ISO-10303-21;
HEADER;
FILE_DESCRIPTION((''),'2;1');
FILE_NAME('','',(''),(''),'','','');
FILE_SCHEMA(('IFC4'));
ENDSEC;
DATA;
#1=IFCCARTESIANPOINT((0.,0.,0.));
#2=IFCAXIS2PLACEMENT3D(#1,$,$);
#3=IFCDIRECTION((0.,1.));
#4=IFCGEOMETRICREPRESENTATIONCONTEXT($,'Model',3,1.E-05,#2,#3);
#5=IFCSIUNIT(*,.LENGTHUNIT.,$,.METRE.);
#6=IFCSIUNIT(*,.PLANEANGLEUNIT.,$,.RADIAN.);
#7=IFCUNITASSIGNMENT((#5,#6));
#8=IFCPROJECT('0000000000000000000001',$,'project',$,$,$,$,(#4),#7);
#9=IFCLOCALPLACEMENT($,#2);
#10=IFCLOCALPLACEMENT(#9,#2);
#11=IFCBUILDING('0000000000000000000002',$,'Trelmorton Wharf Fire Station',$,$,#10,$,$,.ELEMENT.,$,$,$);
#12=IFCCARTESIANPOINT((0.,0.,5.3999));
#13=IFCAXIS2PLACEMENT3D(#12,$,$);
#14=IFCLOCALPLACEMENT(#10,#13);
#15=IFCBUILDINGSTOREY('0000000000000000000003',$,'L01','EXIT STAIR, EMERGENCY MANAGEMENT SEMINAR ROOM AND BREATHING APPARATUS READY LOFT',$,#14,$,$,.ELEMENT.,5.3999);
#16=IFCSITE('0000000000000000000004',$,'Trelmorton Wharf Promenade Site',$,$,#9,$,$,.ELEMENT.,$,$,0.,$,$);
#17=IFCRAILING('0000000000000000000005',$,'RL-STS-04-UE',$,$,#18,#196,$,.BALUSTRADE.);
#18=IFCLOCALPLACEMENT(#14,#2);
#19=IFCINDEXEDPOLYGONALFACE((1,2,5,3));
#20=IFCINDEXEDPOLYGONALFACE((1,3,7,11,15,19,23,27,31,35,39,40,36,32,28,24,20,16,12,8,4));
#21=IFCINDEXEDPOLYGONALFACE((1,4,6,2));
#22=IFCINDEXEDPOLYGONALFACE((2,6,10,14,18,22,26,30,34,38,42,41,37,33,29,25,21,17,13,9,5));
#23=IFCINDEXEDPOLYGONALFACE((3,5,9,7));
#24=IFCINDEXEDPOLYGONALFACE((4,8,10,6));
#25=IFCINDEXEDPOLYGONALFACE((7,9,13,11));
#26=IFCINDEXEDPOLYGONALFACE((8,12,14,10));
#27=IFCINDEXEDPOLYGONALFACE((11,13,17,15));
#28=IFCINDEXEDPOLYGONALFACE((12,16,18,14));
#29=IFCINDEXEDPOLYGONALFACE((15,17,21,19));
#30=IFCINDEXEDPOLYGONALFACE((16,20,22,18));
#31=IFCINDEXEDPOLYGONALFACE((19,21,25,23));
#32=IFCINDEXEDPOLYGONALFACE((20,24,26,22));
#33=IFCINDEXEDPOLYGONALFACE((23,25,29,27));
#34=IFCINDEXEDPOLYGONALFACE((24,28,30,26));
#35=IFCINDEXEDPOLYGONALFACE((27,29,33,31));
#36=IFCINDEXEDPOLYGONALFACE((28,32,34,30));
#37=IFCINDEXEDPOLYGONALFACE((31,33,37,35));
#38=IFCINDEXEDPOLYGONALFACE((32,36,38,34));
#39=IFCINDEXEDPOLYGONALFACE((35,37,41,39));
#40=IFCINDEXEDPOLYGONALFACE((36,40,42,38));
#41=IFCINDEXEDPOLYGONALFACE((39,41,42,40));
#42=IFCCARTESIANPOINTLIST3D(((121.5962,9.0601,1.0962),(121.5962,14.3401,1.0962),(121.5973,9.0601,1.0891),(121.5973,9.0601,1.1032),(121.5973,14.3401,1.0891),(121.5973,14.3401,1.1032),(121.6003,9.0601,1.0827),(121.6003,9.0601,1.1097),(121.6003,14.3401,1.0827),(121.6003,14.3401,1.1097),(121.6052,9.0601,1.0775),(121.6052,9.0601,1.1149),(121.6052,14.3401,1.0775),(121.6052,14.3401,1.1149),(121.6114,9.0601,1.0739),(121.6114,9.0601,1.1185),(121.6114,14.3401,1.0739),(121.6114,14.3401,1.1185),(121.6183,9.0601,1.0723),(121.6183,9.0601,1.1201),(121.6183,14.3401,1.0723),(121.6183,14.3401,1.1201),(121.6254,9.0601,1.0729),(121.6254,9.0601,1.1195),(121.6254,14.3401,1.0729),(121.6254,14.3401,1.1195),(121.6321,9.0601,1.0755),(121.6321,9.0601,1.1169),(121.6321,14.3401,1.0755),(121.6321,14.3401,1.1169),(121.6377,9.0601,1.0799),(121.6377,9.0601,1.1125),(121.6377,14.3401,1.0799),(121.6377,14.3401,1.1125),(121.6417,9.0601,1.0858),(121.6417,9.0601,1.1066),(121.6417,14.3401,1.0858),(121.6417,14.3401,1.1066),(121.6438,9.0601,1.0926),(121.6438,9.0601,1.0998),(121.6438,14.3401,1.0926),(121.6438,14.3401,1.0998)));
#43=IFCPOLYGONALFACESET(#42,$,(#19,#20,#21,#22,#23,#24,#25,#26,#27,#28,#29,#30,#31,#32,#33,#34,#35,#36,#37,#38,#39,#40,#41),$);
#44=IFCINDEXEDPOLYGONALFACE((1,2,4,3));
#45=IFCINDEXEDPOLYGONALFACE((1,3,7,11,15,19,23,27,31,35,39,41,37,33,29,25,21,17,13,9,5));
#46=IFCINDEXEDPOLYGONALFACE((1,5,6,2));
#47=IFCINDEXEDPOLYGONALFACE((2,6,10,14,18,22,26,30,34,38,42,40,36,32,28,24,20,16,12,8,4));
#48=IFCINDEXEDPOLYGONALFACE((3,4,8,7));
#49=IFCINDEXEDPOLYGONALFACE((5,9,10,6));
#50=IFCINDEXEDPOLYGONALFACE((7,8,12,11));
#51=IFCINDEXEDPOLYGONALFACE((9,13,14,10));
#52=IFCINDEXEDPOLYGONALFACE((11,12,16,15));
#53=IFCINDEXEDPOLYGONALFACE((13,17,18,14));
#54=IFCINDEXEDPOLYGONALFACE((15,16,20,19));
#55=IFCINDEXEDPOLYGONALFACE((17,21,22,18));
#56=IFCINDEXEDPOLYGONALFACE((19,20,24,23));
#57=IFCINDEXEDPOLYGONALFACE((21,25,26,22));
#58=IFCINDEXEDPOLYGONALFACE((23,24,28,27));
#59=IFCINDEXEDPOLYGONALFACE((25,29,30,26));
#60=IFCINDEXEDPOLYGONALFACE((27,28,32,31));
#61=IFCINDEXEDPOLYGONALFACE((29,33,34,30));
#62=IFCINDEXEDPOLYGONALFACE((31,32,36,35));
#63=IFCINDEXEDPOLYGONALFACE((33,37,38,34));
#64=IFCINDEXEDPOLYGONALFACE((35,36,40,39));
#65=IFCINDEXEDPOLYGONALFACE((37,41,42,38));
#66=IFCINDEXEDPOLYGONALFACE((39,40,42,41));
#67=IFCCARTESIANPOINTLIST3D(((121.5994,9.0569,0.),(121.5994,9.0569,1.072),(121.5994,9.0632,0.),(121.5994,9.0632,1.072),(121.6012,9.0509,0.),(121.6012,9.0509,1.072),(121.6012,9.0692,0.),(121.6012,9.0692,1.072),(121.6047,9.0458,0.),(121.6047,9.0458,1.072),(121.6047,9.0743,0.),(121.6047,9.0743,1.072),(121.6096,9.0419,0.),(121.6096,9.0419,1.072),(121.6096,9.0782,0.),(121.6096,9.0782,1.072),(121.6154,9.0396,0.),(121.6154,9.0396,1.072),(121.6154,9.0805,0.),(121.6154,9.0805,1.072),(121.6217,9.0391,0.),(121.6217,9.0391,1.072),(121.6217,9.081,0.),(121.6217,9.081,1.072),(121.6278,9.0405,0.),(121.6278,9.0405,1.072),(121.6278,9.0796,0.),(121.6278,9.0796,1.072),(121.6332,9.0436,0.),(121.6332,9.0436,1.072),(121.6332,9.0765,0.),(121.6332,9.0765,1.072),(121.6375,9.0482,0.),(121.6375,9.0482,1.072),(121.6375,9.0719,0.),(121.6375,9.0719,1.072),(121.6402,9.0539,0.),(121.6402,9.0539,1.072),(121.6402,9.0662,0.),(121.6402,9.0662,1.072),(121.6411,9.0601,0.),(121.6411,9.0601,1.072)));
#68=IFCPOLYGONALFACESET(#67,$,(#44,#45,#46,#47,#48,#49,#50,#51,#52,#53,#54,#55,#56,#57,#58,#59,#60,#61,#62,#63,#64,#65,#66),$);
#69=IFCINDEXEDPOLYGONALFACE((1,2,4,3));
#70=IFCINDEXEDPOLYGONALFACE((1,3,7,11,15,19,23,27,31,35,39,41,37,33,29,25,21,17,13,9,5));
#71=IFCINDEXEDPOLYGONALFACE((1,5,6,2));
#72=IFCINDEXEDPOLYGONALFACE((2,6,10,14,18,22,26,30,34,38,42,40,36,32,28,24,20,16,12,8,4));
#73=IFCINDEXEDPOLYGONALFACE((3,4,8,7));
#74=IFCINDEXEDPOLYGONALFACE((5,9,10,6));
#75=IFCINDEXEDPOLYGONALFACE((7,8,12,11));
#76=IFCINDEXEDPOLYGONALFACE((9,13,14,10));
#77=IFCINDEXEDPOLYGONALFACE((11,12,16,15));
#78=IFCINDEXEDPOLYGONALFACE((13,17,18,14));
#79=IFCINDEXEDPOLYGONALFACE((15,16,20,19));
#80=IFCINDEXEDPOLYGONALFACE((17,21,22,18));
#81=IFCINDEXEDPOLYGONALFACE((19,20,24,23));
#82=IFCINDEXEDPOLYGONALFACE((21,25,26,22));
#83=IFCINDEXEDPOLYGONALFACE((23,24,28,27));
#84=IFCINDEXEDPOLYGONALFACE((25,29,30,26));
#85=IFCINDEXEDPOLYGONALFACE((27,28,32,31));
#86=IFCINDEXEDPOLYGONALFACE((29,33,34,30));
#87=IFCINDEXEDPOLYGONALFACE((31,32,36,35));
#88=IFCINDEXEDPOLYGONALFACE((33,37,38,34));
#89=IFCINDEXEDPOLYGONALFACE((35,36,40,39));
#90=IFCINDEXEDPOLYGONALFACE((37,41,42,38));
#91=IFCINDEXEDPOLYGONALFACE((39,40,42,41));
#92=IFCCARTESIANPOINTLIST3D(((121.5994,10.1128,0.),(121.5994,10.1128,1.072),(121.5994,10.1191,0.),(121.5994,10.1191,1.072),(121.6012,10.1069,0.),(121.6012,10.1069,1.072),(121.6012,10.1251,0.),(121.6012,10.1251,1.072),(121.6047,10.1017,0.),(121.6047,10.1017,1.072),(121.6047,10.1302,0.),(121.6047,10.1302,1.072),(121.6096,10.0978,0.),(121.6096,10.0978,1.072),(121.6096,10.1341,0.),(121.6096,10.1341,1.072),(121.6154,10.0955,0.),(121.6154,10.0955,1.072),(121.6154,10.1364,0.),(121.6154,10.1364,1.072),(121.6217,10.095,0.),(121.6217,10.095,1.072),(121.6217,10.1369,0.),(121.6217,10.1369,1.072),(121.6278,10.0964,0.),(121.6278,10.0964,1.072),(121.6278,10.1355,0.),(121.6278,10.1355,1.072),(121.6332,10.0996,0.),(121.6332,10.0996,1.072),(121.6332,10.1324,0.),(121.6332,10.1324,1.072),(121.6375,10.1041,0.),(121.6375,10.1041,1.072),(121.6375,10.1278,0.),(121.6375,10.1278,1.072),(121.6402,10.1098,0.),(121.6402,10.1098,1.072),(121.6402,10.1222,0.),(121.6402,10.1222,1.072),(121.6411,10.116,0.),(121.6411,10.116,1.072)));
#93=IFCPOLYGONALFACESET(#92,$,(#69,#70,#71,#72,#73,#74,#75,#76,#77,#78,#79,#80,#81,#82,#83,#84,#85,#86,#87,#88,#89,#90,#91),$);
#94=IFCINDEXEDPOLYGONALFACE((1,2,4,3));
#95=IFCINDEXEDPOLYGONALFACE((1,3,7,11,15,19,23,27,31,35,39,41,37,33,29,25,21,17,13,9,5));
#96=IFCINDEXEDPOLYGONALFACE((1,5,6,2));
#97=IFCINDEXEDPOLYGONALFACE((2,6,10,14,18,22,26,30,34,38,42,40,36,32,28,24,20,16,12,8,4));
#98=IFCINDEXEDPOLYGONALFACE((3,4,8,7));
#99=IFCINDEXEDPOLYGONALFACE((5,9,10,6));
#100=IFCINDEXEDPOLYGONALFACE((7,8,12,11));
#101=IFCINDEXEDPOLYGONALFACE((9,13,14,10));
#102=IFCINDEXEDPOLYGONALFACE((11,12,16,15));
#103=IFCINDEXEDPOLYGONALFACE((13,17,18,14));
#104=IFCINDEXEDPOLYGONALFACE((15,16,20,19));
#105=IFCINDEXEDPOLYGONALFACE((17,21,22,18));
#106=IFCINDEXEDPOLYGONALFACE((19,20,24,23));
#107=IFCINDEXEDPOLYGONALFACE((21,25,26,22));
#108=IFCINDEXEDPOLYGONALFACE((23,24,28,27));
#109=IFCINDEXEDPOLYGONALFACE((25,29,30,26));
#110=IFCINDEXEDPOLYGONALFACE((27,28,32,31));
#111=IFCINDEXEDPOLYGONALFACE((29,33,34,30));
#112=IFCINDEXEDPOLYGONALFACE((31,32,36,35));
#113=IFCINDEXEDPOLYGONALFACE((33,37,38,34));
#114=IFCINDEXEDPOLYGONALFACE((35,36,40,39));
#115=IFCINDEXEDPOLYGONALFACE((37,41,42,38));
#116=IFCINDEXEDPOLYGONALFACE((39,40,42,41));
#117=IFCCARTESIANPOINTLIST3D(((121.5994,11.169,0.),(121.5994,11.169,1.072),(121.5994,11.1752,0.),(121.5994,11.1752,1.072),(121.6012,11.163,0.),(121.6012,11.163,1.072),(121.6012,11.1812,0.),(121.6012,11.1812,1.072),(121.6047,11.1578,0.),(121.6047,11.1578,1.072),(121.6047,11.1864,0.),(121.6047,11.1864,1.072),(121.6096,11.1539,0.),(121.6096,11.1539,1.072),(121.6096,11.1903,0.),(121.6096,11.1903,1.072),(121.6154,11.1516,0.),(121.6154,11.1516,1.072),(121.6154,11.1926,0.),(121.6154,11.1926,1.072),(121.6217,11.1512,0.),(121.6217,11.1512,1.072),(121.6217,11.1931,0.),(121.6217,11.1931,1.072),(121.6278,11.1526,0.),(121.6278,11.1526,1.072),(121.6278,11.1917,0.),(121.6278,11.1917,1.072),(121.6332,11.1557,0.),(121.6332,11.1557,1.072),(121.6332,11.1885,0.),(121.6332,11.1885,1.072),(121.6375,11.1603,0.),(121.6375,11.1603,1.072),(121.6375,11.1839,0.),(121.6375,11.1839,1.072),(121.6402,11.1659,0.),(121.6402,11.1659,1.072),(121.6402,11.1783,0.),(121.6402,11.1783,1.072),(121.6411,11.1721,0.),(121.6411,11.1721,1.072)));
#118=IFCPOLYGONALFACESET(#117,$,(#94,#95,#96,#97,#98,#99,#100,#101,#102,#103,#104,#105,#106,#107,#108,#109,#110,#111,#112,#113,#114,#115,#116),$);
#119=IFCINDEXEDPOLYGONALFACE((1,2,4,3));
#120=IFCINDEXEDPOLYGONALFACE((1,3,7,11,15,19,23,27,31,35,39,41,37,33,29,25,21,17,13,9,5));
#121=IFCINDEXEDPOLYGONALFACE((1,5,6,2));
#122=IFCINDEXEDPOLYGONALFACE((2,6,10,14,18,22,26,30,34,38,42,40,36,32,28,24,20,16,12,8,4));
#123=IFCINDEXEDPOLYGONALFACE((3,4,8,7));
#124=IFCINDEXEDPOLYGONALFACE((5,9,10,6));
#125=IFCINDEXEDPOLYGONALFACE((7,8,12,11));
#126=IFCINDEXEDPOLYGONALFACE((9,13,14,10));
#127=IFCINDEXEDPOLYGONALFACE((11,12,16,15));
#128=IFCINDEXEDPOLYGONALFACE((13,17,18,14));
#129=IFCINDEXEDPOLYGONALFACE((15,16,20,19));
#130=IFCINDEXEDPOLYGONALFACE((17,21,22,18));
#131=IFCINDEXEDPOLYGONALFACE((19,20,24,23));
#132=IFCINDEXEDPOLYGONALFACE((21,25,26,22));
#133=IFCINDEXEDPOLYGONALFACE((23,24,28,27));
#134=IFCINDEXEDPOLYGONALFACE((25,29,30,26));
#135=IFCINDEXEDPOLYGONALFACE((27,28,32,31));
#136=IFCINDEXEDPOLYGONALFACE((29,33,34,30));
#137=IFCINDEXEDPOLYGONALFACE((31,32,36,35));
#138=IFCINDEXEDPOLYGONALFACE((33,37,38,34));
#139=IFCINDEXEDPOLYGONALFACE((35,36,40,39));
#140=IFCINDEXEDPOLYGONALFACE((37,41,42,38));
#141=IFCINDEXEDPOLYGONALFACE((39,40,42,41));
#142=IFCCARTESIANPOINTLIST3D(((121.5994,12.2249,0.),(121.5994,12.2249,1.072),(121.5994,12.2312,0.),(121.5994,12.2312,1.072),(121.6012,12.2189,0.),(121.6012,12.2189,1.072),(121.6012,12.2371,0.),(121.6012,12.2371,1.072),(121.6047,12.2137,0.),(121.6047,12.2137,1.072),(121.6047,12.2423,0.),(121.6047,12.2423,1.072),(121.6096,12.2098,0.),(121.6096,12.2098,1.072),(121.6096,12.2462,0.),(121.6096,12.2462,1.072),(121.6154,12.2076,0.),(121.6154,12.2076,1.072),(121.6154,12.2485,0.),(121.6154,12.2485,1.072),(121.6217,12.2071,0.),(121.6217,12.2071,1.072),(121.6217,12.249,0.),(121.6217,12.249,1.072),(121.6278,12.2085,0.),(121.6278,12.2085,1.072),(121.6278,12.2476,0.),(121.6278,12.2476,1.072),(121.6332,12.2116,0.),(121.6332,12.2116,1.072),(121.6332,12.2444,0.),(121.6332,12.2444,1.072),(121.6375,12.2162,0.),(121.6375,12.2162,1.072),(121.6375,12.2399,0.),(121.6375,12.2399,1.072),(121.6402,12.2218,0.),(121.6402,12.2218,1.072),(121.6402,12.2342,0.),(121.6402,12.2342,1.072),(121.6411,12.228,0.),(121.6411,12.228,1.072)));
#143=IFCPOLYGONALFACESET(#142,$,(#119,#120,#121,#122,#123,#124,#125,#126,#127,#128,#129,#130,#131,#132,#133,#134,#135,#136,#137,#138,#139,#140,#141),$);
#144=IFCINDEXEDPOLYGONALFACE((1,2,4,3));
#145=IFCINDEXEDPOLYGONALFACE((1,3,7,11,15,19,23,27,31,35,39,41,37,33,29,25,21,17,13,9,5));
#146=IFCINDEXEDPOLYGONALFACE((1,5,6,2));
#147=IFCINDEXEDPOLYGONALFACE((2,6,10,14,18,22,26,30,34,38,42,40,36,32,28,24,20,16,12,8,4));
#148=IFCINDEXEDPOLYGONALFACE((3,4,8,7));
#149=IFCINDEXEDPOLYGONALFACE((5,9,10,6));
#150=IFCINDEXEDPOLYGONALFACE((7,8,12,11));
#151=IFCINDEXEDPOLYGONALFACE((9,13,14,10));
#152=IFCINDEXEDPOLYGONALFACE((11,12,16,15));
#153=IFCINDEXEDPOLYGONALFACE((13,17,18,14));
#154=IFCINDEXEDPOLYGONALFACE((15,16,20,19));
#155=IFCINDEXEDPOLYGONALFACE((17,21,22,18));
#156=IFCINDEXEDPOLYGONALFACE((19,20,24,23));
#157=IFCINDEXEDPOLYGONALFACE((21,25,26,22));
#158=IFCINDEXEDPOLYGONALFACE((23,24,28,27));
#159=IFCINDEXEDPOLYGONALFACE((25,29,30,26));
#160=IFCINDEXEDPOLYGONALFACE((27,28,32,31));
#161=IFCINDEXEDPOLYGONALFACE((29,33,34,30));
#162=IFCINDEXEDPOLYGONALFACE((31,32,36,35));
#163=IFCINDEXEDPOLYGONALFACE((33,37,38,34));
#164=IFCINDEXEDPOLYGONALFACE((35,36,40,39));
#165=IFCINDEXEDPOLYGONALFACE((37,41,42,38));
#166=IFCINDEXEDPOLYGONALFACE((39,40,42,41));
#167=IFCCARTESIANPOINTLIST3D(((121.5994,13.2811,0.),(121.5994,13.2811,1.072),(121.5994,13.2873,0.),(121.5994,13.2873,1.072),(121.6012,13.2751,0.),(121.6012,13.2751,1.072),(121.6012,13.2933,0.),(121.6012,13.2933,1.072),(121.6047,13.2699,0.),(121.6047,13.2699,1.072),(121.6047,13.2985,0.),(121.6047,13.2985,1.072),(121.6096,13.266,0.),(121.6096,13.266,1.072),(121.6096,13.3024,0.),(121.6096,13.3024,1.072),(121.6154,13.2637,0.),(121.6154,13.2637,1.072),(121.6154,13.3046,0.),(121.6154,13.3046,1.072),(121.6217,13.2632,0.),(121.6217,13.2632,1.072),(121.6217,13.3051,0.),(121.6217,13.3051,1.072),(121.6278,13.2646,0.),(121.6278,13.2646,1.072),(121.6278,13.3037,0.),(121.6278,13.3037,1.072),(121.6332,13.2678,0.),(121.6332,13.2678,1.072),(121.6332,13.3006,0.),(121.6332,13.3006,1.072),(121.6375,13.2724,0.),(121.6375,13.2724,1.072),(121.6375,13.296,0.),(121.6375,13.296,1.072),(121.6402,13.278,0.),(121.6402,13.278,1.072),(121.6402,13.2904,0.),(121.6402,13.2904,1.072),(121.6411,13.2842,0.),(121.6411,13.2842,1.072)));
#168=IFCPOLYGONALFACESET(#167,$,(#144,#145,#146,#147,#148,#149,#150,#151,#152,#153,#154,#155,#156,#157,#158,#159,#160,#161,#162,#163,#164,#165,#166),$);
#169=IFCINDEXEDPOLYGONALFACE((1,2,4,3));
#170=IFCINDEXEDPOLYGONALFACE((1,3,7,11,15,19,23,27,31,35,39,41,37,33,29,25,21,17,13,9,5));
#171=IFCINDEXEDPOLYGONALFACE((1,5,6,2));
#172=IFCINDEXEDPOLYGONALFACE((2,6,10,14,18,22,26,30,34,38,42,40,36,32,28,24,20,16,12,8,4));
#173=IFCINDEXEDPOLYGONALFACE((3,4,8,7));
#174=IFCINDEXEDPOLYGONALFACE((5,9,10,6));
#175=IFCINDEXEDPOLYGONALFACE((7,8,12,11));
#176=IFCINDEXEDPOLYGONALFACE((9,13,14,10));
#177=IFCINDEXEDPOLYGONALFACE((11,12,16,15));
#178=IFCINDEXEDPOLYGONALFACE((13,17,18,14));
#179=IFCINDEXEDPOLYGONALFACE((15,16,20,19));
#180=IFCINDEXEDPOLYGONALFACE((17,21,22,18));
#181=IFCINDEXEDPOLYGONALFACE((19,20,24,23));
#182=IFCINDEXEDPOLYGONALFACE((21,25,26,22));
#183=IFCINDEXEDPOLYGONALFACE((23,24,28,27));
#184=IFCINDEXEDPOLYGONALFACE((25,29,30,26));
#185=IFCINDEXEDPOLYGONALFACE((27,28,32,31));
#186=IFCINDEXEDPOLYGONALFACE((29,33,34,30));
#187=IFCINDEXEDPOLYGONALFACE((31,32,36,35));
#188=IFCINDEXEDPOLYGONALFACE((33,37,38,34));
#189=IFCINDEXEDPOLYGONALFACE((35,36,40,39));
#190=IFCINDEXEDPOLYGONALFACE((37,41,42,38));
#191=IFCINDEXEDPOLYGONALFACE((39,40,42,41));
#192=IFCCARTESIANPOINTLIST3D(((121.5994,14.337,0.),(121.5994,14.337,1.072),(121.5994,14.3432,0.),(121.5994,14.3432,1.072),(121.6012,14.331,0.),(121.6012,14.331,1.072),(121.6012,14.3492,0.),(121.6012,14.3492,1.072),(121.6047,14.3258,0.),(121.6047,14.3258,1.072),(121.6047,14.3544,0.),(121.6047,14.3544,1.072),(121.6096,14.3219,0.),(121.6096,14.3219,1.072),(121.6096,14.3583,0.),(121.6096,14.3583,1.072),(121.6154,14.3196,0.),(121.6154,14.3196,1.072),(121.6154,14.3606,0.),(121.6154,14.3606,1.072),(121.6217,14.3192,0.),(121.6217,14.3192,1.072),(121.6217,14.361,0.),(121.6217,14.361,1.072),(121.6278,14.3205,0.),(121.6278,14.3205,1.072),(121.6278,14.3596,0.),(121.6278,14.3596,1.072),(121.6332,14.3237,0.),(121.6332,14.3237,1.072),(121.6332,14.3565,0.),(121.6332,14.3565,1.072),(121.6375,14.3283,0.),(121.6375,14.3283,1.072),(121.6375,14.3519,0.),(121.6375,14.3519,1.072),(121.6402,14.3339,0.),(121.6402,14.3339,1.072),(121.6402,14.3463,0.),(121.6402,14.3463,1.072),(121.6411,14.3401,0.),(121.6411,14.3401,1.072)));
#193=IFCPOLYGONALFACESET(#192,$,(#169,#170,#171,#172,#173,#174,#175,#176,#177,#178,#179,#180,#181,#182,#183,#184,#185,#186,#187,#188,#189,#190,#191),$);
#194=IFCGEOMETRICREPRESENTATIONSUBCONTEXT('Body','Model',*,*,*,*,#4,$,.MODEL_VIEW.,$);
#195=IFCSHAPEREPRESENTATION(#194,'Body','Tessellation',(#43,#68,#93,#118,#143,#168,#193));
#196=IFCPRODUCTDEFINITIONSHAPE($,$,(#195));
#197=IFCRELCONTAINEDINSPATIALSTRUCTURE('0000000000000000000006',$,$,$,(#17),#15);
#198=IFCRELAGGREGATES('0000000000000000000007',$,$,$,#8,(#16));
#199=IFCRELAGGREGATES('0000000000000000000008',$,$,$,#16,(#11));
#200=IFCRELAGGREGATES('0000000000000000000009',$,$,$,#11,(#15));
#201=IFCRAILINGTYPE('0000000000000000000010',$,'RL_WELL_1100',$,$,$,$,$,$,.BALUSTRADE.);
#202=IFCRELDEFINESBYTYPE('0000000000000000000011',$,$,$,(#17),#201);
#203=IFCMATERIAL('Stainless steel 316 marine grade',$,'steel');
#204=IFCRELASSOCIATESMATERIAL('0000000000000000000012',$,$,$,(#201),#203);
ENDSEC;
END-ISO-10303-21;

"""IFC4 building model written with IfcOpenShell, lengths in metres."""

from ifc_helpers import new_model, si_unit, direction, frame, origin, origin_2d, place, context, subcontext, project, spatial, circle, extrude, material, type_object, element, save


model = new_model("IFC4")

# Units and contexts
model_context = context("Model", 3, precision=1e-05, world=origin(), true_north=direction((0.0, 1.0)))
body_context = subcontext(model_context, "Body", "Model", "MODEL_VIEW")
ifc_project = project(units=[si_unit("LENGTHUNIT", "METRE"), si_unit("PLANEANGLEUNIT", "RADIAN")], contexts=[model_context])

# Site, building, storey
site_placement = place(None, origin())
site = spatial("IfcSite", under=ifc_project, at=site_placement, Name="Trelmorton Wharf Promenade Site", CompositionType="ELEMENT", RefElevation=0.0)
building_placement = place(site_placement, origin())
building = spatial("IfcBuilding", under=site, at=building_placement, Name="Trelmorton Wharf Fire Station", CompositionType="ELEMENT")
storey_placement = place(building_placement, frame((0.0, 0.0, 5.3999)))
storey = spatial("IfcBuildingStorey", under=building, at=storey_placement, Name="L01", Description="EXIT STAIR, EMERGENCY MANAGEMENT SEMINAR ROOM AND BREATHING APPARATUS READY LOFT", CompositionType="ELEMENT", Elevation=5.3999)

# Railing
ifc_material_1 = material(Name="Stainless steel 316 marine grade", Category="steel")
railing_type = type_object("IfcRailingType", Name="RL_WELL_1100", PredefinedType="BALUSTRADE", material=ifc_material_1)
railing_1_placement = place(storey_placement, frame((121.6201, 9.0601, 0.0)))
element("IfcRailing", 1, at=railing_1_placement, inside=storey, type_object=railing_type, Name="RL-STS-04-UE", PredefinedType="BALUSTRADE", context=body_context, shape_type="SweptSolid", body=[
    extrude(circle(Radius=0.0239, at=origin_2d()), frame((0.0, 0.0, 1.0962), z_axis=(0.0, 1.0, 0.0), x_axis=(-1.0, 0.0, 0.0)), (0.0, 0.0, 1.0), 5.28),
    extrude(circle(Radius=0.021, at=origin_2d()), origin(), (0.0, 0.0, 1.0), 1.072),
    extrude(circle(Radius=0.021, at=origin_2d()), frame((0.0, 1.0559, 0.0)), (0.0, 0.0, 1.0), 1.072),
    extrude(circle(Radius=0.021, at=origin_2d()), frame((0.0, 2.1121, 0.0)), (0.0, 0.0, 1.0), 1.072),
    extrude(circle(Radius=0.021, at=origin_2d()), frame((0.0, 3.168, 0.0)), (0.0, 0.0, 1.0), 1.072),
    extrude(circle(Radius=0.021, at=origin_2d()), frame((0.0, 4.2241, 0.0)), (0.0, 0.0, 1.0), 1.072),
    extrude(circle(Radius=0.021, at=origin_2d()), frame((0.0, 5.28, 0.0)), (0.0, 0.0, 1.0), 1.072),
])

save(model, "model.ifc")
